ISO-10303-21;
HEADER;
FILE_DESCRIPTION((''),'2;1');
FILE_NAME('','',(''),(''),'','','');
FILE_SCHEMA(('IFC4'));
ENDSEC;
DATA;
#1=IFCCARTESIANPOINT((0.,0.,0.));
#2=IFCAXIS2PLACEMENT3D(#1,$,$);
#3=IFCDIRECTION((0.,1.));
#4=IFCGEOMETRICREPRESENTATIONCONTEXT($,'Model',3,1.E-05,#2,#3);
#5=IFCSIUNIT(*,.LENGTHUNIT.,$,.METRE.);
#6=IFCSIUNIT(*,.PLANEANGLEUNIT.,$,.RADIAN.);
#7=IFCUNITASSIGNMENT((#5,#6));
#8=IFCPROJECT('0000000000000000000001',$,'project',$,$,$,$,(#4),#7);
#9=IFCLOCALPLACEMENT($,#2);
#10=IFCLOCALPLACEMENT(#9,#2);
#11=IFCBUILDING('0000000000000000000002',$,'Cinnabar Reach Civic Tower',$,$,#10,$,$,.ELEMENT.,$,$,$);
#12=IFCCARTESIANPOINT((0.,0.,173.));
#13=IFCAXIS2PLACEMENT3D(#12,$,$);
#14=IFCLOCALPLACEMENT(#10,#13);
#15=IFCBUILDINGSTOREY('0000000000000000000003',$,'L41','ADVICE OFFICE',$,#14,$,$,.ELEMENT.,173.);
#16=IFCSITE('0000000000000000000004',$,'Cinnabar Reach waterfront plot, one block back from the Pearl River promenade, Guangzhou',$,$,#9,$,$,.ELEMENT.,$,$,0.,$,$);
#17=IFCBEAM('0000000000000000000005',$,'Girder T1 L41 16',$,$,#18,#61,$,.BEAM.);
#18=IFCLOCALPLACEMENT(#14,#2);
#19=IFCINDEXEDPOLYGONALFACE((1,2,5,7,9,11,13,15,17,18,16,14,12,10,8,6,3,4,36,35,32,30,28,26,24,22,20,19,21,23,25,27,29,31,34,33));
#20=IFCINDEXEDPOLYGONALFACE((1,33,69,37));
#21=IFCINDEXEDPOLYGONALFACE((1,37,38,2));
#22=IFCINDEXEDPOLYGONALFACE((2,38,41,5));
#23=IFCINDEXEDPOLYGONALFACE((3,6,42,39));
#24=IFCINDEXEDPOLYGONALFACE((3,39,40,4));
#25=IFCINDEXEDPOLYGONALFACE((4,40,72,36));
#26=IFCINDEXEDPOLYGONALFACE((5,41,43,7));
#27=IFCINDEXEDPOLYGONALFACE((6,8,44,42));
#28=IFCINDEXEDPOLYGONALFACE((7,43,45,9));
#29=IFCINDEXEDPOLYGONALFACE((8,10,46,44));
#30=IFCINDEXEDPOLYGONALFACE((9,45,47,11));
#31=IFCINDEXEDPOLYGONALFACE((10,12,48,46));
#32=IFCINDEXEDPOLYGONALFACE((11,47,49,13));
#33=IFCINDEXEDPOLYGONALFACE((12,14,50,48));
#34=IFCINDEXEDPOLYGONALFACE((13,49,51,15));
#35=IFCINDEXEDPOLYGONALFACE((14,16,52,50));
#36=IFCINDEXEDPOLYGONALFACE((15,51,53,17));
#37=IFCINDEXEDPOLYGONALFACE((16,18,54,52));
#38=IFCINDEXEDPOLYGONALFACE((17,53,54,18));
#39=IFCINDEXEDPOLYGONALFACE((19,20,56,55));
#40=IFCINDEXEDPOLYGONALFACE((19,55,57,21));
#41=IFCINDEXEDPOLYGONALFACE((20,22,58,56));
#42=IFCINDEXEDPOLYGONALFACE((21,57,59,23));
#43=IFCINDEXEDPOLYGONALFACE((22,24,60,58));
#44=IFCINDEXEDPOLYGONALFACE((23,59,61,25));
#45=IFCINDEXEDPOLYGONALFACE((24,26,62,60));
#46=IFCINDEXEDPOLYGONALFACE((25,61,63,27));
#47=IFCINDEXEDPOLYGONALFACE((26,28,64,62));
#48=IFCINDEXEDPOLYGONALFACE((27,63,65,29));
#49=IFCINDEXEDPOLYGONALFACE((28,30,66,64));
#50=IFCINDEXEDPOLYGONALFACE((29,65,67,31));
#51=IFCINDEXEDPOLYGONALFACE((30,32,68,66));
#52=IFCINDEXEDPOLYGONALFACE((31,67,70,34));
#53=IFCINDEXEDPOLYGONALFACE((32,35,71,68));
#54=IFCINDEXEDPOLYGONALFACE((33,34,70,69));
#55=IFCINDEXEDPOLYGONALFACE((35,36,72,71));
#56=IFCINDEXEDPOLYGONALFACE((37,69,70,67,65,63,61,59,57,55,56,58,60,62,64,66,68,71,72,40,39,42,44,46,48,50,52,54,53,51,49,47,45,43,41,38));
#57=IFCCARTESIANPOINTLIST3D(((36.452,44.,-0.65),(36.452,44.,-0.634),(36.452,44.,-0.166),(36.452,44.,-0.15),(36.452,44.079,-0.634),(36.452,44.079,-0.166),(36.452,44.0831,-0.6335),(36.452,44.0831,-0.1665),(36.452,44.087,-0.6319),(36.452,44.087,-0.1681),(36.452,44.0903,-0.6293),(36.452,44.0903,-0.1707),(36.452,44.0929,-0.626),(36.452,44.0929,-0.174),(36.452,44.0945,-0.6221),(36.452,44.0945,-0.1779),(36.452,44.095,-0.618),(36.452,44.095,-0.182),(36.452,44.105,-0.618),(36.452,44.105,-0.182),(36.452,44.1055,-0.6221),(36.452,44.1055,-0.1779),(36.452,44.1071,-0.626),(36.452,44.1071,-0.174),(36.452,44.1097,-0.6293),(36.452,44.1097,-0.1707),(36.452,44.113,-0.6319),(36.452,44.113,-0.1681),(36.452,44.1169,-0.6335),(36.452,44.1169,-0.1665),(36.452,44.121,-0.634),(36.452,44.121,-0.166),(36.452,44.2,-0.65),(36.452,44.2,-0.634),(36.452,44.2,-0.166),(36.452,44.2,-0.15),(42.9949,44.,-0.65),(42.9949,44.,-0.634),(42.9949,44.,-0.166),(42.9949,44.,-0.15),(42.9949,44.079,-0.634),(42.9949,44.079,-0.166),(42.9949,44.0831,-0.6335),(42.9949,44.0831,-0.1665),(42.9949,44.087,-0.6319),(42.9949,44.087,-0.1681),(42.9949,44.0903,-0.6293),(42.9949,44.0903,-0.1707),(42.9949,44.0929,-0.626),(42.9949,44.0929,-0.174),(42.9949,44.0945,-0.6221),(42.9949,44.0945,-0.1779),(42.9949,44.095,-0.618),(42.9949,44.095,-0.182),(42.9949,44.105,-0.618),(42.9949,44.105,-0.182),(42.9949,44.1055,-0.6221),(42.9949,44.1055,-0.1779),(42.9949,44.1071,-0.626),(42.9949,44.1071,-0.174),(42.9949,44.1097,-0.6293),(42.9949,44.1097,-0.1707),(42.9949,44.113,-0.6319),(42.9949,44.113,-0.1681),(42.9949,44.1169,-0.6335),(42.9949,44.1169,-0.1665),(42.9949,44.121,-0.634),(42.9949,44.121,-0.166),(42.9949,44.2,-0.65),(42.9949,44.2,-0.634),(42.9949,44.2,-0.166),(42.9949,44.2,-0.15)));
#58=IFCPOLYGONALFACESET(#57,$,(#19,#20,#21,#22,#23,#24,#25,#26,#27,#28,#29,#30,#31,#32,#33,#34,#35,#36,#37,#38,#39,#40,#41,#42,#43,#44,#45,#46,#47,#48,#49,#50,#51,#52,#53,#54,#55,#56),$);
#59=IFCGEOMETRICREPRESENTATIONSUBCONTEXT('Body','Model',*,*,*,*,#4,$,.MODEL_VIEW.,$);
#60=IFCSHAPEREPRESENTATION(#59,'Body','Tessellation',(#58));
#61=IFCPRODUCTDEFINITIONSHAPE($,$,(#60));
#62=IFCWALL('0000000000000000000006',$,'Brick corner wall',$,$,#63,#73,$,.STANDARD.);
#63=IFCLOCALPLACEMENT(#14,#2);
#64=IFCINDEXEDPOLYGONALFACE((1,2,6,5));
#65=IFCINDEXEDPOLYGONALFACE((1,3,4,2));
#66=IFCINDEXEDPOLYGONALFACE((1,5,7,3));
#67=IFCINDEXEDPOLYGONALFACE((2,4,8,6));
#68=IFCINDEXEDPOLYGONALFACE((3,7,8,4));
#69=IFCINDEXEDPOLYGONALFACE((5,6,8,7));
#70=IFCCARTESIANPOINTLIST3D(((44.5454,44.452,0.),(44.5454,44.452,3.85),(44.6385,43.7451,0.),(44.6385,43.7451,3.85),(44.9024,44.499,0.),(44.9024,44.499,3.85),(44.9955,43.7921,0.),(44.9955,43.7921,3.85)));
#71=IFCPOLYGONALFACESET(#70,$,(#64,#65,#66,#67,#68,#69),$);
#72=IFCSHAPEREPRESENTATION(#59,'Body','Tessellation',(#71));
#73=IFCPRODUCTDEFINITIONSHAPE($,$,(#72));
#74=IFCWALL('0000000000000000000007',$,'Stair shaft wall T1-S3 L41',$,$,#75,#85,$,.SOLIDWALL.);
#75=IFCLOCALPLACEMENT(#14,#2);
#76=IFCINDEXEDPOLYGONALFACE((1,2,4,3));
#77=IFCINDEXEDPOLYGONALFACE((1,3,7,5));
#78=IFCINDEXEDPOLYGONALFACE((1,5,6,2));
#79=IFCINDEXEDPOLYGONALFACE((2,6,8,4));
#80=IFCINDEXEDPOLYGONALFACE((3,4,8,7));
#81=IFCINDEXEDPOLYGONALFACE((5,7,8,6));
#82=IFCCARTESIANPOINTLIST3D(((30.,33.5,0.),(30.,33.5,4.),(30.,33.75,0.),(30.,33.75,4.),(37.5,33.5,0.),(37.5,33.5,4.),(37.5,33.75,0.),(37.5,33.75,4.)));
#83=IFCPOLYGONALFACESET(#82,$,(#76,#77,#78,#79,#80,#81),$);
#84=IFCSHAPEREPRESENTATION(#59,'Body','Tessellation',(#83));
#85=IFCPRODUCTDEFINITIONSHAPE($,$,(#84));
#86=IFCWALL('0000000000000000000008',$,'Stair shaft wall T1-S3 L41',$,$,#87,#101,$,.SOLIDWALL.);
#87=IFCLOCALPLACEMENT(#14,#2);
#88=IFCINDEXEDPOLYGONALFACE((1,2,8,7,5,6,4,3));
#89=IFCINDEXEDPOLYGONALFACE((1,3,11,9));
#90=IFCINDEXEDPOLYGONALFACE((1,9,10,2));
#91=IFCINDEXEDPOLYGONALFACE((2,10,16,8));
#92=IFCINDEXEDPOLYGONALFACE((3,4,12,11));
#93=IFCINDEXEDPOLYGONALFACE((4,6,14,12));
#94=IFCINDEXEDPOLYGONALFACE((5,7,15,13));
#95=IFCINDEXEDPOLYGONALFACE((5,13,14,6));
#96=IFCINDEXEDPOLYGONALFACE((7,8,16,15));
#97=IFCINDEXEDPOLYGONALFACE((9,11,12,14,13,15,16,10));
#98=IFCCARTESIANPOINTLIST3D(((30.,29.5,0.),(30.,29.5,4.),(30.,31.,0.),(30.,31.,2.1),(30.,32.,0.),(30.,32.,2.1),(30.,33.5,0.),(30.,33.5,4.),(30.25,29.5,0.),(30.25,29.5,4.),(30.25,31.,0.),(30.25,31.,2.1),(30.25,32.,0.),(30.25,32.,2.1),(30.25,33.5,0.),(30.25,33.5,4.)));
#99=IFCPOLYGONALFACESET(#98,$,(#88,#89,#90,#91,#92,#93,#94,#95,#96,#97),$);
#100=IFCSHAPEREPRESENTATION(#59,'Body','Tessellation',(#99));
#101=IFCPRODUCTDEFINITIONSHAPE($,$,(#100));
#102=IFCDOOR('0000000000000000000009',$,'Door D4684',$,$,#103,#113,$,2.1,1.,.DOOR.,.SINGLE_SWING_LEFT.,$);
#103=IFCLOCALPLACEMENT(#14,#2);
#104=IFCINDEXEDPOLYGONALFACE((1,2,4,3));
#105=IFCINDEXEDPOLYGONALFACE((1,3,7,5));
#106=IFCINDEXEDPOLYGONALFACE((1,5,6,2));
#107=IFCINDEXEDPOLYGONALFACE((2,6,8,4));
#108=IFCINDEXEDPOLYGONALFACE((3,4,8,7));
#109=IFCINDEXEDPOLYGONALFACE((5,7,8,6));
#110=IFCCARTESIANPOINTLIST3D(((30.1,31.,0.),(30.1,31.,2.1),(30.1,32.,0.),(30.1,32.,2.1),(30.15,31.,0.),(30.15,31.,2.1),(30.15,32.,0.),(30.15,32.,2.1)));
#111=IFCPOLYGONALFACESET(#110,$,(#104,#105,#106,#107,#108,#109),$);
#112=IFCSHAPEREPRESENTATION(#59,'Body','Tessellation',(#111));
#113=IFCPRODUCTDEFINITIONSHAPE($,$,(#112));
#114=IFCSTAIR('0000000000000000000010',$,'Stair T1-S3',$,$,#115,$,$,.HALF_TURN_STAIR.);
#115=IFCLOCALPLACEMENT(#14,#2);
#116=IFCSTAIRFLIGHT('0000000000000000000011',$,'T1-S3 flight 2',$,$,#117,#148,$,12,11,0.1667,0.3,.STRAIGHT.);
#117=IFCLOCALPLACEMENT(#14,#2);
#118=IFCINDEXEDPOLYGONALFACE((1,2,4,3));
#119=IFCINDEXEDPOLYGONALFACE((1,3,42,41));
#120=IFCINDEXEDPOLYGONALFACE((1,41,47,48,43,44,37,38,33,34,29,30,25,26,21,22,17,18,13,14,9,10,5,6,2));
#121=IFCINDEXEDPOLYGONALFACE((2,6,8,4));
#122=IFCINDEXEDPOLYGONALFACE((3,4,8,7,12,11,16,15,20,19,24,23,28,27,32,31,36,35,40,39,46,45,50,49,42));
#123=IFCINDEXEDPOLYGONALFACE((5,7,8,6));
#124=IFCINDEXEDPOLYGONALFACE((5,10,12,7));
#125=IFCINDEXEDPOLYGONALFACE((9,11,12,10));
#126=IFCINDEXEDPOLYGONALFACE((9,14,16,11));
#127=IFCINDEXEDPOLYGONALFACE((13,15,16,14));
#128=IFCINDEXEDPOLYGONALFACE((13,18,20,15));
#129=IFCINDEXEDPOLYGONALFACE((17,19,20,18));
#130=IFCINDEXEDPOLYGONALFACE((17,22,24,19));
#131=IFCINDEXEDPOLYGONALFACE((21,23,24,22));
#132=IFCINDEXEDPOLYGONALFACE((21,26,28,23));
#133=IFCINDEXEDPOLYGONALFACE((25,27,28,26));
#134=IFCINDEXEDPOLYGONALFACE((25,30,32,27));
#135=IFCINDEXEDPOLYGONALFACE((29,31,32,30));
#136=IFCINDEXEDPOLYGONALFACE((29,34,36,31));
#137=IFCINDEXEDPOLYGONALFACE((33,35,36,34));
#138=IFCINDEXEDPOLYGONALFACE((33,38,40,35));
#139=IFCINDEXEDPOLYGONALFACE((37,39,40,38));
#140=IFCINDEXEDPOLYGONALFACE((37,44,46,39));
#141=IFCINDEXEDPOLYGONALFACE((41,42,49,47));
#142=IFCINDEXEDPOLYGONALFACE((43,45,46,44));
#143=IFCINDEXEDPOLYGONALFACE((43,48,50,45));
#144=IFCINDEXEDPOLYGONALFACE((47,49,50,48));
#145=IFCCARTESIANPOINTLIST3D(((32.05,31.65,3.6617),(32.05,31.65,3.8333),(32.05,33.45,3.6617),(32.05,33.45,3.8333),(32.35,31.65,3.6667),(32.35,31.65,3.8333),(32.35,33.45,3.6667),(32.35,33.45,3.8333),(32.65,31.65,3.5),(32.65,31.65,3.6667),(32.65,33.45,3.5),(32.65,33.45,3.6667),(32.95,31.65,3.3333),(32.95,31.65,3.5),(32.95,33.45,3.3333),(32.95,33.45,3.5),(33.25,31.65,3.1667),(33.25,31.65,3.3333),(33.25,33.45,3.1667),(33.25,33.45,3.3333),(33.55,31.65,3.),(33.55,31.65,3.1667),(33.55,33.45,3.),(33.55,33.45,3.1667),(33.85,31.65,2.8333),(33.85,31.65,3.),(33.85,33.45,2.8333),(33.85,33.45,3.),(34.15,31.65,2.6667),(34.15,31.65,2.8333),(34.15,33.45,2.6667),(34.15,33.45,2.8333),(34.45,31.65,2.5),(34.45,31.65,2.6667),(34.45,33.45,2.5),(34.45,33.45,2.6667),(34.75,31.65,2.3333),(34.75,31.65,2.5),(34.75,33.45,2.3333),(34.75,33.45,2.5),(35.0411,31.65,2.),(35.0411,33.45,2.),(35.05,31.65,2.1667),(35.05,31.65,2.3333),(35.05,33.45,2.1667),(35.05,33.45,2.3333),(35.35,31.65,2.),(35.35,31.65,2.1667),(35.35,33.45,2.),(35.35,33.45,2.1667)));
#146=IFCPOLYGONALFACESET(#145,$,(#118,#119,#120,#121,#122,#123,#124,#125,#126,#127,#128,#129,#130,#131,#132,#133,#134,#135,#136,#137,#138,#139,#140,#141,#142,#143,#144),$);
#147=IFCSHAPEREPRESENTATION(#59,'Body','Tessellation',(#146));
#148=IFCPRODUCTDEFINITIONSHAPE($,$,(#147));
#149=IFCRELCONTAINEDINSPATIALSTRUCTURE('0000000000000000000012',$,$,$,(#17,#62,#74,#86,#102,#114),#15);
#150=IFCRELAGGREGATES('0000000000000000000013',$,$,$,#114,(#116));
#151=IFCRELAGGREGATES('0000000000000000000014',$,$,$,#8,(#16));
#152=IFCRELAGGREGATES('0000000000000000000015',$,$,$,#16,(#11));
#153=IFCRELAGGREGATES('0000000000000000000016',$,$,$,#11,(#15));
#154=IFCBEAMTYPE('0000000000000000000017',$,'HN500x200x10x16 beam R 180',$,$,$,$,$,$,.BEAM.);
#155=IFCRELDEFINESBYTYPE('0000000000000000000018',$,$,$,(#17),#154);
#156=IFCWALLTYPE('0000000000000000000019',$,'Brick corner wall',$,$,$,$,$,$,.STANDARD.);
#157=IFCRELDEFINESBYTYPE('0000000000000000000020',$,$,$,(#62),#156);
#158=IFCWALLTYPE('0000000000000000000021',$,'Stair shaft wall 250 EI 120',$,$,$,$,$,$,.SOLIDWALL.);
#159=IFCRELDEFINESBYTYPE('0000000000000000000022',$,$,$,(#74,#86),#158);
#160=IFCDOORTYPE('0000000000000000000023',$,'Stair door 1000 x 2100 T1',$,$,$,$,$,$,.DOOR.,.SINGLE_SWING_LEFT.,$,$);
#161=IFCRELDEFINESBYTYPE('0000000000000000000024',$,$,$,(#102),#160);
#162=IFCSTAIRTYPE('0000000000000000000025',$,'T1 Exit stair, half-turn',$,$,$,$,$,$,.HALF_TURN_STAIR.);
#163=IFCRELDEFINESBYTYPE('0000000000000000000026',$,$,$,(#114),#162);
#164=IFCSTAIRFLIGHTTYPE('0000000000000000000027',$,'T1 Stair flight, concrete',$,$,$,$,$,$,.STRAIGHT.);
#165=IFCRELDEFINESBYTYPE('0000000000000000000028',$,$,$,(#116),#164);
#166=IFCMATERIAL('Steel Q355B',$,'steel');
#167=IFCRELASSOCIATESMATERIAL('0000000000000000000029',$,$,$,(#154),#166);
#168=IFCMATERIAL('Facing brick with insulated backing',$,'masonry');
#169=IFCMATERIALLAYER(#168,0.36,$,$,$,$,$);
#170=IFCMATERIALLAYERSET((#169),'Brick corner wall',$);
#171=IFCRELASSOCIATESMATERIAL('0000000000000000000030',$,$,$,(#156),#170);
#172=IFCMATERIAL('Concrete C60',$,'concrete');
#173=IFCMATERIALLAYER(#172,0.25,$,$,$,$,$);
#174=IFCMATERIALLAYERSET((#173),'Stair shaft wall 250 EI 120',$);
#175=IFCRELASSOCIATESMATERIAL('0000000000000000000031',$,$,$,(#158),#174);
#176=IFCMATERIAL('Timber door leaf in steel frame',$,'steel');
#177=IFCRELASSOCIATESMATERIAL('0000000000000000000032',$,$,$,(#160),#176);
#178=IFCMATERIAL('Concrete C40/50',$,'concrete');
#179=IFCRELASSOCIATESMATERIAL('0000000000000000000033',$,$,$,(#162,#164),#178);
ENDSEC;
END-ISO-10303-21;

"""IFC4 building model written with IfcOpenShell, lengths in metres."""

from ifc_helpers import new_model, si_unit, direction, frame, frame_2d, origin, origin_2d, place, context, subcontext, project, spatial, polyline, rectangle, i_section, outline, extrude, material, layer, layer_set, material_profile, profile_set, type_object, element, fill, aggregate, save


model = new_model("IFC4")

# Units and contexts
model_context = context("Model", 3, precision=1e-05, world=origin(), true_north=direction((0.0, 1.0)))
body_context = subcontext(model_context, "Body", "Model", "MODEL_VIEW")
ifc_project = project(units=[si_unit("LENGTHUNIT", "METRE"), si_unit("PLANEANGLEUNIT", "RADIAN")], contexts=[model_context])

# Site, building, storey
site_placement = place(None, origin())
site = spatial("IfcSite", under=ifc_project, at=site_placement, Name="Cinnabar Reach waterfront plot, one block back from the Pearl River promenade, Guangzhou", CompositionType="ELEMENT", RefElevation=0.0)
building_placement = place(site_placement, origin())
building = spatial("IfcBuilding", under=site, at=building_placement, Name="Cinnabar Reach Civic Tower", CompositionType="ELEMENT")
storey_placement = place(building_placement, frame((0.0, 0.0, 173.0)))
storey = spatial("IfcBuildingStorey", under=building, at=storey_placement, Name="L41", Description="ADVICE OFFICE", CompositionType="ELEMENT", Elevation=173.0)

# Beam
ifc_material_1 = material(Name="Steel Q355B", Category="steel")
ifc_material_profile_1 = material_profile(ifc_material_1, i_section(OverallWidth=0.2, OverallDepth=0.5, WebThickness=0.01, FlangeThickness=0.016, FilletRadius=0.016, at=origin_2d()), Name="HN500x200x10x16")
ifc_profile_set_1 = profile_set([ifc_material_profile_1], Name="Steel Q355B")
beam_type_1 = type_object("IfcBeamType", Name="HN500x200x10x16 beam R 180", PredefinedType="BEAM", material=ifc_profile_set_1)
beam_1_placement = place(storey_placement, frame((36.452, 44.1, -0.4), z_axis=(1.0, 0.0, 0.0), x_axis=(0.0, 1.0, 0.0)))
element("IfcBeam", 1, at=beam_1_placement, inside=storey, type_object=beam_type_1, Name="Girder T1 L41 16", PredefinedType="BEAM", context=body_context, shape_type="SweptSolid", body=[
    extrude(i_section(OverallWidth=0.2, OverallDepth=0.5, WebThickness=0.01, FlangeThickness=0.016, FilletRadius=0.016, at=origin_2d()), origin(), (0.0, 0.0, 1.0), 6.5429),
])

# Walls
ifc_material_2 = material(Name="Facing brick with insulated backing", Category="masonry")
ifc_layer_1 = layer(ifc_material_2, 0.36)
ifc_layer_set_1 = layer_set([ifc_layer_1], Name="Brick corner wall")
wall_type_1 = type_object("IfcWallType", Name="Brick corner wall", PredefinedType="STANDARD", material=ifc_layer_set_1)
wall_1_placement = place(storey_placement, frame((44.817, 43.7686, 0.0), z_axis=(0.0, 0.0, 1.0), x_axis=(-0.130556, 0.991441, 0.0)))
element("IfcWall", 2, at=wall_1_placement, inside=storey, type_object=wall_type_1, Name="Brick corner wall", PredefinedType="STANDARD", context=body_context, shape_type="SweptSolid", body=[
    extrude(rectangle(XDim=0.7131, YDim=0.36, at=frame_2d((0.3565, 0.0))), origin(), (0.0, 0.0, 1.0), 3.85),
])
ifc_material_3 = material(Name="Concrete C60", Category="concrete")
ifc_layer_2 = layer(ifc_material_3, 0.25)
ifc_layer_set_2 = layer_set([ifc_layer_2], Name="Stair shaft wall 250 EI 120")
wall_type_2 = type_object("IfcWallType", Name="Stair shaft wall 250 EI 120", PredefinedType="SOLIDWALL", material=ifc_layer_set_2)
wall_2_placement = place(storey_placement, frame((37.5, 33.625, 0.0), z_axis=(0.0, 0.0, 1.0), x_axis=(-1.0, 0.0, 0.0)))
element("IfcWall", 3, at=wall_2_placement, inside=storey, type_object=wall_type_2, Name="Stair shaft wall T1-S3 L41", PredefinedType="SOLIDWALL", context=body_context, shape_type="SweptSolid", body=[
    extrude(rectangle(XDim=7.5, YDim=0.25, at=frame_2d((3.75, 0.0))), origin(), (0.0, 0.0, 1.0), 4.0),
])

# Wall, opening, door
wall_3_placement = place(storey_placement, frame((30.125, 33.5, 0.0), z_axis=(0.0, 0.0, 1.0), x_axis=(0.0, -1.0, 0.0)))
wall_3 = element("IfcWall", 4, at=wall_3_placement, inside=storey, type_object=wall_type_2, Name="Stair shaft wall T1-S3 L41", PredefinedType="SOLIDWALL", context=body_context, shape_type="SweptSolid", body=[
    extrude(rectangle(XDim=4.0, YDim=0.25, at=frame_2d((2.0, 0.0))), origin(), (0.0, 0.0, 1.0), 4.0),
])
opening_placement = place(wall_3_placement, frame((1.5, 0.0, 0.0)))
opening = element("IfcOpeningElement", 5, at=opening_placement, cuts=wall_3, PredefinedType="OPENING", context=body_context, shape_type="SweptSolid", body=[
    extrude(rectangle(XDim=1.0, YDim=2.1, at=frame_2d((0.5, 1.05))), frame((0.0, 0.135, 0.0), z_axis=(0.0, -1.0, 0.0), x_axis=(1.0, 0.0, 0.0)), (0.0, 0.0, 1.0), 0.27),
])
ifc_material_4 = material(Name="Timber door leaf in steel frame", Category="steel")
door_type = type_object("IfcDoorType", Name="Stair door 1000 x 2100 T1", OperationType="SINGLE_SWING_LEFT", PredefinedType="DOOR", material=ifc_material_4)
door_placement = place(opening_placement, origin())
door = element("IfcDoor", 6, at=door_placement, inside=storey, type_object=door_type, Name="Door D4684", OperationType="SINGLE_SWING_LEFT", OverallHeight=2.1, OverallWidth=1.0, PredefinedType="DOOR", context=body_context, shape_type="SweptSolid", body=[
    extrude(rectangle(XDim=1.0, YDim=2.1, at=frame_2d((0.5, 1.05))), frame((0.0, 0.025, 0.0), z_axis=(0.0, -1.0, 0.0), x_axis=(1.0, 0.0, 0.0)), (0.0, 0.0, 1.0), 0.05),
])
fill(opening, door)

# Stair, stair flight
ifc_material_5 = material(Name="Concrete C40/50", Category="concrete")
stair_type = type_object("IfcStairType", Name="T1 Exit stair, half-turn", PredefinedType="HALF_TURN_STAIR", material=ifc_material_5)
stair_placement = place(storey_placement, origin())
stair = element("IfcStair", 7, at=stair_placement, inside=storey, type_object=stair_type, Name="Stair T1-S3", PredefinedType="HALF_TURN_STAIR")
stair_flight_type = type_object("IfcStairFlightType", Name="T1 Stair flight, concrete", PredefinedType="STRAIGHT", material=ifc_material_5)
stair_flight_placement = place(storey_placement, frame((35.35, 32.55, 2.0), z_axis=(0.0, 0.0, 1.0), x_axis=(-1.0, 0.0, 0.0)))
stair_flight = element("IfcStairFlight", 8, at=stair_flight_placement, type_object=stair_flight_type, Name="T1-S3 flight 2", NumberOfRisers=12, NumberOfTreads=11, PredefinedType="STRAIGHT", RiserHeight=0.1667, TreadLength=0.3, context=body_context, shape_type="SweptSolid", body=[
    extrude(outline(polyline([(0.0, 0.0), (0.0, 0.1667), (0.3, 0.1667), (0.3, 0.3333), (0.6, 0.3333), (0.6, 0.5), (0.9, 0.5), (0.9, 0.6667), (1.2, 0.6667), (1.2, 0.8333), (1.5, 0.8333), (1.5, 1.0), (1.8, 1.0), (1.8, 1.1667), (2.1, 1.1667), (2.1, 1.3333), (2.4, 1.3333), (2.4, 1.5), (2.7, 1.5), (2.7, 1.6667), (3.0, 1.6667), (3.0, 1.8333), (3.3, 1.8333), (3.3, 2.0), (3.3, 1.6617), (0.3089, 0.0), (0.0, 0.0)])), frame((0.0, 0.9, 0.0), z_axis=(0.0, -1.0, 0.0), x_axis=(1.0, 0.0, 0.0)), (0.0, 0.0, 1.0), 1.8),
])
aggregate(stair, [stair_flight])

save(model, "model.ifc")
